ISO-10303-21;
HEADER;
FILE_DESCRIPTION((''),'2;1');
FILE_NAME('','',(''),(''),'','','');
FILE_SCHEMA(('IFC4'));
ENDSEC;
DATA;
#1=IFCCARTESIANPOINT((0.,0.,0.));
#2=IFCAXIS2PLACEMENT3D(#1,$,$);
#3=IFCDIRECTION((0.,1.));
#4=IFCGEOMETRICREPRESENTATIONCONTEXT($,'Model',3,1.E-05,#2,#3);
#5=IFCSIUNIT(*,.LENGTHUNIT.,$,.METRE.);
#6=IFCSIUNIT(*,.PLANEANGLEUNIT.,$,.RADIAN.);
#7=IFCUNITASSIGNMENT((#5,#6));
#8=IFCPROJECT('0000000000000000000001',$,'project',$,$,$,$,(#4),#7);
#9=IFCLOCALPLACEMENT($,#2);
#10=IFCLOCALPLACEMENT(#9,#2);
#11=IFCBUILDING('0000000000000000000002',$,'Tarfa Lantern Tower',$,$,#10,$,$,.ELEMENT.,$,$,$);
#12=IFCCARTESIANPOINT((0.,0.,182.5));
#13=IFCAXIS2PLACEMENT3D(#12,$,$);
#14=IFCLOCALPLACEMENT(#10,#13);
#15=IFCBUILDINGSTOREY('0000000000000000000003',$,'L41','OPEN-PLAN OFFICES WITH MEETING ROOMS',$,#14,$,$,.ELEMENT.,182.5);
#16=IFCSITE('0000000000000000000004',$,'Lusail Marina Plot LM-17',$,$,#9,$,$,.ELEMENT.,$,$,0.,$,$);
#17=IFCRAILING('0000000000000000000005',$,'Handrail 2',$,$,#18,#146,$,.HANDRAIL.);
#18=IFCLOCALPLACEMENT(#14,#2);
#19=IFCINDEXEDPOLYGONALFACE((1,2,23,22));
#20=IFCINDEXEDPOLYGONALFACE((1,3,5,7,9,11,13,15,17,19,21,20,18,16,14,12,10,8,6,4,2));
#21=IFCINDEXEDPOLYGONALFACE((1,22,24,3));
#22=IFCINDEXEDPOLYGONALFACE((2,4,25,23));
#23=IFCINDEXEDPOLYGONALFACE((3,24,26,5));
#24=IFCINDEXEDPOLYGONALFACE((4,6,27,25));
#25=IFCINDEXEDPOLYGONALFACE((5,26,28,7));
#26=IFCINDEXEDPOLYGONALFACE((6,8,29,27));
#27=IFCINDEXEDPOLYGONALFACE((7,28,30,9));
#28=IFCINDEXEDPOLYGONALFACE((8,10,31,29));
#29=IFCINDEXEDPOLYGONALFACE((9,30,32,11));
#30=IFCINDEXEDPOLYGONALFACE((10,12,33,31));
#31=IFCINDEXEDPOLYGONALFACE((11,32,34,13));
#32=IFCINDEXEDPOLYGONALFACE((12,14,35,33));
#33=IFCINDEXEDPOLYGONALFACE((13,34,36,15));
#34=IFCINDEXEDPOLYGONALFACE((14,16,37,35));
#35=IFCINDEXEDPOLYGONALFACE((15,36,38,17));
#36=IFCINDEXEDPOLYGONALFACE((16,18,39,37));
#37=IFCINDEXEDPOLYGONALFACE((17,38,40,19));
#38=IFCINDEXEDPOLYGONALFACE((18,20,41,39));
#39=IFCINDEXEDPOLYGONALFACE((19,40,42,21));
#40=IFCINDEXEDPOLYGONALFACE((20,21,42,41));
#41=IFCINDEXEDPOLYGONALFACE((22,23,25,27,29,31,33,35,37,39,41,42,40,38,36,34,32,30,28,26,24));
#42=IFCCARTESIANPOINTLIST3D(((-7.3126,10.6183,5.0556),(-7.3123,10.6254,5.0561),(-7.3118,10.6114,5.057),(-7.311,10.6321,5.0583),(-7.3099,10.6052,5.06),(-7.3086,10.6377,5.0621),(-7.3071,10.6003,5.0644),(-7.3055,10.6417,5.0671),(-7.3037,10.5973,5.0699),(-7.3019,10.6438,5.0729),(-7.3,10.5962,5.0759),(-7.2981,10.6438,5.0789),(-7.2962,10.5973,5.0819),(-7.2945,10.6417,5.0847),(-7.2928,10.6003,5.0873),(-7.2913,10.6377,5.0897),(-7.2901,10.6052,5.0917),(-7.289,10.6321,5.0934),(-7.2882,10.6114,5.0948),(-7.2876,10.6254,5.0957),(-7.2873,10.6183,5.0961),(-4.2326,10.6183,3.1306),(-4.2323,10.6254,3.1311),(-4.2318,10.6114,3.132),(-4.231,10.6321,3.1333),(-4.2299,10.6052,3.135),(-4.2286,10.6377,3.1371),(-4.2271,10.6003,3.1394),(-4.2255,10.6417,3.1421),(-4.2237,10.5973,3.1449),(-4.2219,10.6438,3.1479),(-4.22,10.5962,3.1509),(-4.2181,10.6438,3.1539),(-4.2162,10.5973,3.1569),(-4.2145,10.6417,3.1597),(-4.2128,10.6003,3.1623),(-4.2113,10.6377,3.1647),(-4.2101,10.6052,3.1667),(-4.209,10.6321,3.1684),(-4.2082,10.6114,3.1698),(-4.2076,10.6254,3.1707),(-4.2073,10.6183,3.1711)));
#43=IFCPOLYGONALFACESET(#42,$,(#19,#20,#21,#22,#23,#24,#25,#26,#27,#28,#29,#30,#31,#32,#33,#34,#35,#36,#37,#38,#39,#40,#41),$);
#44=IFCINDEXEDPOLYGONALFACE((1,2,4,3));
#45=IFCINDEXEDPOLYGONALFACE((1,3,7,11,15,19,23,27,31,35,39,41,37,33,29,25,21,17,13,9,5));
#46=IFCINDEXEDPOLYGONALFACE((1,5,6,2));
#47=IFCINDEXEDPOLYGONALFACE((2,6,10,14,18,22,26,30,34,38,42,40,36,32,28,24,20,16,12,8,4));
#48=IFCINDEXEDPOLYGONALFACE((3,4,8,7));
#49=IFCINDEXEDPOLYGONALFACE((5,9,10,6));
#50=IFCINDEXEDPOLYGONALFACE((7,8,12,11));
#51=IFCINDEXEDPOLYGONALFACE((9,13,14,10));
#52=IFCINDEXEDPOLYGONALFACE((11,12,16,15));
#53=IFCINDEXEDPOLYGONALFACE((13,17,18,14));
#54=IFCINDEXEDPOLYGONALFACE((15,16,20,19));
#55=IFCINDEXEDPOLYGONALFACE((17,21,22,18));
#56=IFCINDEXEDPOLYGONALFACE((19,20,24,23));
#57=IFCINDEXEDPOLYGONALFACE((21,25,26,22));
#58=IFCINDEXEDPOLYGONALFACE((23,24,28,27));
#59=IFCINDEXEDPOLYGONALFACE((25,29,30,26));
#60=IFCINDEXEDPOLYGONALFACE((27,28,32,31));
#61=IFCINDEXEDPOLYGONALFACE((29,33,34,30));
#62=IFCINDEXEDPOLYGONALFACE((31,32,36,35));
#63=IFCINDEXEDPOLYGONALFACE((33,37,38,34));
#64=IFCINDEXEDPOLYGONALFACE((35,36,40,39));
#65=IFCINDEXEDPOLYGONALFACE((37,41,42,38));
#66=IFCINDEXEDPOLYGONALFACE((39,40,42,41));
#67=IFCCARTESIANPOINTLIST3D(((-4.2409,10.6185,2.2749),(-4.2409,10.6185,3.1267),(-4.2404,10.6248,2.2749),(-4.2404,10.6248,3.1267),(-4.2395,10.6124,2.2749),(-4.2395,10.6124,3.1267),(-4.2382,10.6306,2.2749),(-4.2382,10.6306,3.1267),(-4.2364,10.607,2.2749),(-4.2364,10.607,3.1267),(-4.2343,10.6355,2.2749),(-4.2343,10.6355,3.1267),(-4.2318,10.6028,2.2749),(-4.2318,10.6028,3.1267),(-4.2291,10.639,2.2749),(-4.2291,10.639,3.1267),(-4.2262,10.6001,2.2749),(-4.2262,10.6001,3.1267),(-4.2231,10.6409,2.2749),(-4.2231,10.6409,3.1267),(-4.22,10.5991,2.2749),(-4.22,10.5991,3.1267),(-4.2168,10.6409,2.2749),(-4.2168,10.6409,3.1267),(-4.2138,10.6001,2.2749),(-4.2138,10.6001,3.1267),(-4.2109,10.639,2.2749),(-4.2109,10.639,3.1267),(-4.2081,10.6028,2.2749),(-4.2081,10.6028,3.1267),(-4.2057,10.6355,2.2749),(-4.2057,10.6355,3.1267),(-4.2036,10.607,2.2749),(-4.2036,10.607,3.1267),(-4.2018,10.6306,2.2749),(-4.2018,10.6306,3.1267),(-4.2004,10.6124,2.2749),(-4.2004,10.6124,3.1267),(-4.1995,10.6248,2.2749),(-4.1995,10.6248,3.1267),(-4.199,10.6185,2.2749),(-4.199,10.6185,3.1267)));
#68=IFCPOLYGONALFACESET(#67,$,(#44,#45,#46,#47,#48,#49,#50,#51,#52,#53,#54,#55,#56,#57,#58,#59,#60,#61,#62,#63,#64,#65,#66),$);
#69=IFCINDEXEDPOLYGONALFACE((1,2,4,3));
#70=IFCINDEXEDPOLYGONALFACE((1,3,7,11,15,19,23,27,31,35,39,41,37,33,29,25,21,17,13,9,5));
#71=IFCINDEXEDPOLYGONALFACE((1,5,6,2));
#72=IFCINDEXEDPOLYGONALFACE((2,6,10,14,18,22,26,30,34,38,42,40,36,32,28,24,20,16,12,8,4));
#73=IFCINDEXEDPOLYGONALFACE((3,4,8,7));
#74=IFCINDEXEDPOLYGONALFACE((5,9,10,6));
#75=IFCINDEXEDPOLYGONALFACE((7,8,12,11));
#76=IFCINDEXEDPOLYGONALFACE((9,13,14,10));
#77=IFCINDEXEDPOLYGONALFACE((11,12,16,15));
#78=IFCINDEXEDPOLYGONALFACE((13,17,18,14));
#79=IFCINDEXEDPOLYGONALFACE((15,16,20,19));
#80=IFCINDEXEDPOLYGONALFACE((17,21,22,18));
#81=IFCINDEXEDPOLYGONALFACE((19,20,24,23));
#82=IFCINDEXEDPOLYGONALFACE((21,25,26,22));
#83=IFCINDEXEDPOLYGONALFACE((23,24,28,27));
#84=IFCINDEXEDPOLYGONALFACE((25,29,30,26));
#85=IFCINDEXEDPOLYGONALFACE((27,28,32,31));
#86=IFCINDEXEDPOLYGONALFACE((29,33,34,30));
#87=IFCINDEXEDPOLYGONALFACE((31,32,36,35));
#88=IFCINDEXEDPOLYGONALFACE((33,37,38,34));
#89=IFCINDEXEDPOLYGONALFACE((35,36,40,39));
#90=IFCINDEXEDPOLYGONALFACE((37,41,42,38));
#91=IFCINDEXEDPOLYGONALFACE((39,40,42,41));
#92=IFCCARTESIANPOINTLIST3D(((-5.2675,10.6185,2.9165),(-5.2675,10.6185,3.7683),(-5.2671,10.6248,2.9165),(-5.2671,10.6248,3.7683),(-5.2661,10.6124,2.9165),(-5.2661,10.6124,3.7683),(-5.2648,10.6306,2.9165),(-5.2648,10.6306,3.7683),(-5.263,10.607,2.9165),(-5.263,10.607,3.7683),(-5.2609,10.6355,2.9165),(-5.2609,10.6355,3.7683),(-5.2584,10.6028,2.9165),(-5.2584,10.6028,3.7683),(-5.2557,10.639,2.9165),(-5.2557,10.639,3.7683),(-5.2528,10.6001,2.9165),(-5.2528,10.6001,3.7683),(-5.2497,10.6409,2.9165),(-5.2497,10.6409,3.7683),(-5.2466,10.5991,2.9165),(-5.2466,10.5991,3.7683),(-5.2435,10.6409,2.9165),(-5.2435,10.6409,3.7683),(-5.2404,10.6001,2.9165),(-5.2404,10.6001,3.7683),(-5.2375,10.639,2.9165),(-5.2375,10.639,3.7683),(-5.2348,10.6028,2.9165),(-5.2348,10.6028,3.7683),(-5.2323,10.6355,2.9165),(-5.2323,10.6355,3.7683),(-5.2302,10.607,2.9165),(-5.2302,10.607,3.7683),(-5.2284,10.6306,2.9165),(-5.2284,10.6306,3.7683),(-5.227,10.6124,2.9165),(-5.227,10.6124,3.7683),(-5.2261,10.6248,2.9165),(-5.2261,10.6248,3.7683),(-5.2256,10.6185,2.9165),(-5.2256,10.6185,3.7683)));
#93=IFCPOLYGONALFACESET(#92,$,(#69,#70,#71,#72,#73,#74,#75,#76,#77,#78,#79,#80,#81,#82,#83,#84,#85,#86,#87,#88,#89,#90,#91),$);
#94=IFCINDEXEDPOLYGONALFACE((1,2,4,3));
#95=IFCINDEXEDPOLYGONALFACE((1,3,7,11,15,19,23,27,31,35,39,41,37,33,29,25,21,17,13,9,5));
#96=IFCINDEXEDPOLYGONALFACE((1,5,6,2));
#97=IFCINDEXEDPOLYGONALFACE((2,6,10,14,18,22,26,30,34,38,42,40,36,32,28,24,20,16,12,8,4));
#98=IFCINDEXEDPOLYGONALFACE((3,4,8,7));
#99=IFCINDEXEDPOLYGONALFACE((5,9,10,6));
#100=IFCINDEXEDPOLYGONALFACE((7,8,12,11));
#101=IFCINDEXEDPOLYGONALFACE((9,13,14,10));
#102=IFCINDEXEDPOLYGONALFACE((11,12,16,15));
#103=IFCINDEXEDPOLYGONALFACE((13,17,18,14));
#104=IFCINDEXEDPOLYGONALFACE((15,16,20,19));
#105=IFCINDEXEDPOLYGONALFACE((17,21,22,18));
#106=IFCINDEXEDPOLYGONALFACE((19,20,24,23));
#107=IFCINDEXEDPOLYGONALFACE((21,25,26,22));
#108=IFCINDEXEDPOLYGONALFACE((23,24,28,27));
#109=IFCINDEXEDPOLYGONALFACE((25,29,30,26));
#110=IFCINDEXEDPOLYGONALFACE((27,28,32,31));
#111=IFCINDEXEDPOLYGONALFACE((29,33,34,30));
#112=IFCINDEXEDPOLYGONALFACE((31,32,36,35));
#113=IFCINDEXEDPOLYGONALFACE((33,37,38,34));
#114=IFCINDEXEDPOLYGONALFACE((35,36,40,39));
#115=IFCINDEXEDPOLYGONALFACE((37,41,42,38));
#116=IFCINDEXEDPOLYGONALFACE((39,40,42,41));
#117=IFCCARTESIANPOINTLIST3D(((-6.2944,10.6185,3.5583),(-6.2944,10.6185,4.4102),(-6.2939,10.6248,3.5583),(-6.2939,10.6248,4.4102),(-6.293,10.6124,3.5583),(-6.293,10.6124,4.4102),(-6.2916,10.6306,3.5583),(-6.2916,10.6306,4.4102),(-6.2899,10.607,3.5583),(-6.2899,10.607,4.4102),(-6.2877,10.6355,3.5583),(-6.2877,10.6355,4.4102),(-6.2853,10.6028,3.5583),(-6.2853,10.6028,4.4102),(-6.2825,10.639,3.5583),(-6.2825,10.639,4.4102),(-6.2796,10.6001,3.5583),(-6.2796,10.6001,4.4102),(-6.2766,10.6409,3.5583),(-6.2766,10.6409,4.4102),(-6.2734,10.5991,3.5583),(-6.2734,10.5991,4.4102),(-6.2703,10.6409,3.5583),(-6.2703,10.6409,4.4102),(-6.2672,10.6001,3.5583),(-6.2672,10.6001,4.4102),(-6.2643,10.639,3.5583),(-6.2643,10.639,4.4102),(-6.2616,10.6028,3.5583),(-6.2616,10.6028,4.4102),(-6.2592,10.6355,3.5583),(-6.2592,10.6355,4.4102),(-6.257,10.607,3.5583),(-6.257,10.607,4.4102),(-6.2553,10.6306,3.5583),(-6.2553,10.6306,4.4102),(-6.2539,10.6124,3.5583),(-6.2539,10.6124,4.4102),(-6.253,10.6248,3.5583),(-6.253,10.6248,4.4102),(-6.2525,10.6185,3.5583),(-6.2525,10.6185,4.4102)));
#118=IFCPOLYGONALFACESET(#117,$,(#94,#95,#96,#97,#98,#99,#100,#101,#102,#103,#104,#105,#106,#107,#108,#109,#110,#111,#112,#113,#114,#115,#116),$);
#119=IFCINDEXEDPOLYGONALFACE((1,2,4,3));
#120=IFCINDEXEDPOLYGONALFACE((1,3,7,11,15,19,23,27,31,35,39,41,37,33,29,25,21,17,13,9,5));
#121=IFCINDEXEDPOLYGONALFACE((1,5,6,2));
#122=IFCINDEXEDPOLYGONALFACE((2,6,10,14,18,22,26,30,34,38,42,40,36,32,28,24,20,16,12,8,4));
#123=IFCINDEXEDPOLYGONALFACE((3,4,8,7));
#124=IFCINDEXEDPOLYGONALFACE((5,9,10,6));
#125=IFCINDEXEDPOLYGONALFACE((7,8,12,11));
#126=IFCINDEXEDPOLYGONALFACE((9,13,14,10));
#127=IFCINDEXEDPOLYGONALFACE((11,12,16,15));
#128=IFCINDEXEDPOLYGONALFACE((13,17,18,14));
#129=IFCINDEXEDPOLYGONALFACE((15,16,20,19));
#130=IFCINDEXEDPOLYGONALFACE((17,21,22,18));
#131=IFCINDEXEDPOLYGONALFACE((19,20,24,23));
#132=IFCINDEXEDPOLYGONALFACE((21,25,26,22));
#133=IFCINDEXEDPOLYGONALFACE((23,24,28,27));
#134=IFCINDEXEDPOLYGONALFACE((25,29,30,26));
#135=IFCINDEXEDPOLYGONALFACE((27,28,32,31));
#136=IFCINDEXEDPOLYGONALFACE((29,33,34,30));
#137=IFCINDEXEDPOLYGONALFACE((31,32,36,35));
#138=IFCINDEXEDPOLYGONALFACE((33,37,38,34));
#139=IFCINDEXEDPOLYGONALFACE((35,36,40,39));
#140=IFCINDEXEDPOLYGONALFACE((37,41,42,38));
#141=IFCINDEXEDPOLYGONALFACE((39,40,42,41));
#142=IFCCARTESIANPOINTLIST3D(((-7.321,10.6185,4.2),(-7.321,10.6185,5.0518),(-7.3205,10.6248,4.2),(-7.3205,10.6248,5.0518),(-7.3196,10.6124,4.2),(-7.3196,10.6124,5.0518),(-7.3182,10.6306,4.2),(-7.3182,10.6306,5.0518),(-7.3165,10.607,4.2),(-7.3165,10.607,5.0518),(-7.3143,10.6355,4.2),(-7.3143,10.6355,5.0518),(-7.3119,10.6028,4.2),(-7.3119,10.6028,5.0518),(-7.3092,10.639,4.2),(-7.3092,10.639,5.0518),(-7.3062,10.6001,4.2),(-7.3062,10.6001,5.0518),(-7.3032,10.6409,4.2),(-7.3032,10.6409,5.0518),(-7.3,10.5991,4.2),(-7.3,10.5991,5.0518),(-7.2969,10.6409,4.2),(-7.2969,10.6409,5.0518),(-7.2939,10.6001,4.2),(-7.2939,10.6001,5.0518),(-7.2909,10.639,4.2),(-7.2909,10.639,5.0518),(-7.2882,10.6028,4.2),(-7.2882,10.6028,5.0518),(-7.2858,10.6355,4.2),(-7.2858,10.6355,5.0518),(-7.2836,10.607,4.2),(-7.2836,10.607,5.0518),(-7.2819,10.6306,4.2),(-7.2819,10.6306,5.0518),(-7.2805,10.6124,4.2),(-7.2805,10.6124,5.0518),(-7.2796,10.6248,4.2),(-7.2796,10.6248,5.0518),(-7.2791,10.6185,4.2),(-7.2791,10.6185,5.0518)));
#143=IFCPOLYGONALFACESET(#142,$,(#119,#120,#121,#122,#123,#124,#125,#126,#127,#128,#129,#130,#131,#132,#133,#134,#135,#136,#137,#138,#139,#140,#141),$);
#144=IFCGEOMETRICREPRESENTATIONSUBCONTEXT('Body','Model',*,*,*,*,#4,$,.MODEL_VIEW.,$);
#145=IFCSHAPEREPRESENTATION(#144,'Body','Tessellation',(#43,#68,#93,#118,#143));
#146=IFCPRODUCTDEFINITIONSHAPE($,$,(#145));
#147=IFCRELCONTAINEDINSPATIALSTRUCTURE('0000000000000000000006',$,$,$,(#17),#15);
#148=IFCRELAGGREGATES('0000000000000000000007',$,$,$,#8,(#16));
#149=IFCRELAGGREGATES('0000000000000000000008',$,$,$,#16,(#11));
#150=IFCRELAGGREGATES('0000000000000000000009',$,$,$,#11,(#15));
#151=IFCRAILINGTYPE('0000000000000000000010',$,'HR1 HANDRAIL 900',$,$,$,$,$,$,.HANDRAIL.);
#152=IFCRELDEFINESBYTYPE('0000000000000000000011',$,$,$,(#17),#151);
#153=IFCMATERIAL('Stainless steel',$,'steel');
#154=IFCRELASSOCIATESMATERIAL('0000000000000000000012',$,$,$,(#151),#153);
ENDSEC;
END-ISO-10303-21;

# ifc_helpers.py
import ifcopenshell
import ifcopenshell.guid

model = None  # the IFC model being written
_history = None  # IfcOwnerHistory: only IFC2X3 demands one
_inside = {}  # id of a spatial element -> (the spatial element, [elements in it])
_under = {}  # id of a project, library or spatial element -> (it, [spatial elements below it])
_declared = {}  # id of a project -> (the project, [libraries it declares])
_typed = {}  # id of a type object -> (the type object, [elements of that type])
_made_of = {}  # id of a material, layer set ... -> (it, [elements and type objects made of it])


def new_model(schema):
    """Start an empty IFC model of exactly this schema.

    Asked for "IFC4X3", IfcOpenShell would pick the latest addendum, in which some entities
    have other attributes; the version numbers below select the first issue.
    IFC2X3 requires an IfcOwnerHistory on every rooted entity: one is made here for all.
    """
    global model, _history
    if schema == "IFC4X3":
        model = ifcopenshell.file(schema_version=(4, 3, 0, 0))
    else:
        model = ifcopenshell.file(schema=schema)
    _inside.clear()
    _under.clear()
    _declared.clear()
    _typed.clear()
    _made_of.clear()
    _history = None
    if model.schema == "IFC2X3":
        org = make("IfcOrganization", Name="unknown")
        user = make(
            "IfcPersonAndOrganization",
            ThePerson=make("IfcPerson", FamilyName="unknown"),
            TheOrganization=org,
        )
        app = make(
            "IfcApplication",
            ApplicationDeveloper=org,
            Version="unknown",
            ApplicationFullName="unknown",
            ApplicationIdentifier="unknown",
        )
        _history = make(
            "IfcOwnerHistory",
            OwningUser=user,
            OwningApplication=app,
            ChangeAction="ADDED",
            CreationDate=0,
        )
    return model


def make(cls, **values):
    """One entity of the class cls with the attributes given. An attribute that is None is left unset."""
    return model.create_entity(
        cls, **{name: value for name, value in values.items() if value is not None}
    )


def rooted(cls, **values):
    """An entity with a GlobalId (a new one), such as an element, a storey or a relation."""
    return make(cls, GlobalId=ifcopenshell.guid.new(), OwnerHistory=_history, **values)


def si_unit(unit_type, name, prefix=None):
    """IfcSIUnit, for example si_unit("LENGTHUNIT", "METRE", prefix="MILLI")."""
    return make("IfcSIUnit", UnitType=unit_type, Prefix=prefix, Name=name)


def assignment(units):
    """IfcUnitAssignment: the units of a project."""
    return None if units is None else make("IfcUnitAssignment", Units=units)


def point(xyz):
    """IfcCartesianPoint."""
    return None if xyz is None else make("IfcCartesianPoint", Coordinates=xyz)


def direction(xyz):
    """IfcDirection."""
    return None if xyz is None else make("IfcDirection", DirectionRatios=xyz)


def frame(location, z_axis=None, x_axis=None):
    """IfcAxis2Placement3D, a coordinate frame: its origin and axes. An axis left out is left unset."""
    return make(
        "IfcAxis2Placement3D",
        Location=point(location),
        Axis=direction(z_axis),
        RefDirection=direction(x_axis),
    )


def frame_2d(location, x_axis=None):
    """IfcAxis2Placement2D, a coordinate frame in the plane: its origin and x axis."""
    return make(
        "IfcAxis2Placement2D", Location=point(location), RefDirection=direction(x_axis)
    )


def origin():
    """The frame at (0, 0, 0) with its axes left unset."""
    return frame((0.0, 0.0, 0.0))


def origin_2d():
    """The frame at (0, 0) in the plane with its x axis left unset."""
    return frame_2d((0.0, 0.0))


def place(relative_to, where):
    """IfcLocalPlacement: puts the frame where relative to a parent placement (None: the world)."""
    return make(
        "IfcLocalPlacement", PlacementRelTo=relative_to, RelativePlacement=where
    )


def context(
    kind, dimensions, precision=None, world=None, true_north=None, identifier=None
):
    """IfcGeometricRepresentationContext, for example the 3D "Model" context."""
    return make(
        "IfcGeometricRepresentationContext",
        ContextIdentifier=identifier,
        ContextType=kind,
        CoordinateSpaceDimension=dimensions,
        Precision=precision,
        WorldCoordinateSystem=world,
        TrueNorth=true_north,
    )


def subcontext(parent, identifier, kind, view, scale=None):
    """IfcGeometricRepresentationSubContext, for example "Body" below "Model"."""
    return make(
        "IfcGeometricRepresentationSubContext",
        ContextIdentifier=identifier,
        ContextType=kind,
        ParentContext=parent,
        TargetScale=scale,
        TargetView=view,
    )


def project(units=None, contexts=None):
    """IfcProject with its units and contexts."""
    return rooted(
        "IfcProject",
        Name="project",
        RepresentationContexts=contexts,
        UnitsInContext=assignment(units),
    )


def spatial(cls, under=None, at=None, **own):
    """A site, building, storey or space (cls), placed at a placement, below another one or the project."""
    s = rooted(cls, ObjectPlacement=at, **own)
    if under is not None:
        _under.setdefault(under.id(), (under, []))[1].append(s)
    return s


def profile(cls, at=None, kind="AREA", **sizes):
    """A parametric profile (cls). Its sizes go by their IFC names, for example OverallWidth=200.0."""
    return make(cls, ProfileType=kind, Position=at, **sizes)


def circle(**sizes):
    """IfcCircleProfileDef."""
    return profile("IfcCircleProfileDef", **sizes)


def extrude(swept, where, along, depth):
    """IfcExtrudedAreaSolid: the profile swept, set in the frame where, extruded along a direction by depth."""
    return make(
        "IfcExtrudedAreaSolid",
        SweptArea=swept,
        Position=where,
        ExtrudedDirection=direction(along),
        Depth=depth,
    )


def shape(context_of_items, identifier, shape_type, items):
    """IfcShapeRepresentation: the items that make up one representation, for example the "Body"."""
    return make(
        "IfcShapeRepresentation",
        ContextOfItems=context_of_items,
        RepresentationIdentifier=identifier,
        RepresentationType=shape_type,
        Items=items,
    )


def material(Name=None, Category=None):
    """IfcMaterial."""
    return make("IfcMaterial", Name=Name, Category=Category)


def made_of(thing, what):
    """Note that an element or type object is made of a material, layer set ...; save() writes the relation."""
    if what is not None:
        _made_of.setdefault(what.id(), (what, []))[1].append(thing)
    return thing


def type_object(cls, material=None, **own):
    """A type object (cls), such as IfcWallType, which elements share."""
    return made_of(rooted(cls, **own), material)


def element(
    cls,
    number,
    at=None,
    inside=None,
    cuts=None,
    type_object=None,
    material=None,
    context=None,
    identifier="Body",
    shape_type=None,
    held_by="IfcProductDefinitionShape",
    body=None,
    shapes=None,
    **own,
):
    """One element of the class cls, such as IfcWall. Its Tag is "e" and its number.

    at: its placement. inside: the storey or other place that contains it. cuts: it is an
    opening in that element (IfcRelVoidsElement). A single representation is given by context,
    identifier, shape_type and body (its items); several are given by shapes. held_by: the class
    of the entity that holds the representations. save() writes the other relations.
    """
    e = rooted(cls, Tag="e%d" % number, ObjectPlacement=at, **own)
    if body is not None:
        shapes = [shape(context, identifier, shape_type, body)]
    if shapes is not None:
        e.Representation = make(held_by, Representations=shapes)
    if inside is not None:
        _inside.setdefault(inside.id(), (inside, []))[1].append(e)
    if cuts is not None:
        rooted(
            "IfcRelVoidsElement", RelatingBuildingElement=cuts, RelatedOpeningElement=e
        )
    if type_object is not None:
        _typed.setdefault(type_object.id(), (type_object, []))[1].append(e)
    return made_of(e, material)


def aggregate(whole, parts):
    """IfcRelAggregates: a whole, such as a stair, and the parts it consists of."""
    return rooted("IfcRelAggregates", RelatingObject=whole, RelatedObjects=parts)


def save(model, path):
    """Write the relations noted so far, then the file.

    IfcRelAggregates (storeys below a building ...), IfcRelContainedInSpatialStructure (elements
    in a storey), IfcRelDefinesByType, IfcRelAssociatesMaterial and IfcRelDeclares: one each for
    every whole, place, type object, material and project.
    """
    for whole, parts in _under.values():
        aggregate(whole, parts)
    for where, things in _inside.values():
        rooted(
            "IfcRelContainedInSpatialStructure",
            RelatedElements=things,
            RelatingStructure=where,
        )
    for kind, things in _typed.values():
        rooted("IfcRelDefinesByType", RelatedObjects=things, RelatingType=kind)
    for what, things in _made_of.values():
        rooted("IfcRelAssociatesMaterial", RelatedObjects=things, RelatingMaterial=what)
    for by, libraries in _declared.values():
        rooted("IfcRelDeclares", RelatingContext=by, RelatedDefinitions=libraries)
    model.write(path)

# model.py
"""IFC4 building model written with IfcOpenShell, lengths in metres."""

from ifc_helpers import new_model, si_unit, direction, frame, origin, origin_2d, place, context, subcontext, project, spatial, circle, extrude, material, type_object, element, save


model = new_model("IFC4")

# Units and contexts
model_context = context("Model", 3, precision=1e-05, world=origin(), true_north=direction((0.0, 1.0)))
body_context = subcontext(model_context, "Body", "Model", "MODEL_VIEW")
ifc_project = project(units=[si_unit("LENGTHUNIT", "METRE"), si_unit("PLANEANGLEUNIT", "RADIAN")], contexts=[model_context])

# Site, building, storey
site_placement = place(None, origin())
site = spatial("IfcSite", under=ifc_project, at=site_placement, Name="Lusail Marina Plot LM-17", CompositionType="ELEMENT", RefElevation=0.0)
building_placement = place(site_placement, origin())
building = spatial("IfcBuilding", under=site, at=building_placement, Name="Tarfa Lantern Tower", CompositionType="ELEMENT")
storey_placement = place(building_placement, frame((0.0, 0.0, 182.5)))
storey = spatial("IfcBuildingStorey", under=building, at=storey_placement, Name="L41", Description="OPEN-PLAN OFFICES WITH MEETING ROOMS", CompositionType="ELEMENT", Elevation=182.5)

# Railing
ifc_material_1 = material(Name="Stainless steel", Category="steel")
railing_type = type_object("IfcRailingType", Name="HR1 HANDRAIL 900", PredefinedType="HANDRAIL", material=ifc_material_1)
railing_1_placement = place(storey_placement, frame((-4.22, 10.6201, 2.2749)))
element("IfcRailing", 1, at=railing_1_placement, inside=storey, type_object=railing_type, Name="Handrail 2", PredefinedType="HANDRAIL", context=body_context, shape_type="SweptSolid", body=[
    extrude(circle(Radius=0.0239, at=origin_2d()), frame((0.0, 0.0, 0.876), z_axis=(-0.847998, 0.0, 0.529999), x_axis=(0.0, -1.0, 0.0)), (0.0, 0.0, 1.0), 3.6321),
    extrude(circle(Radius=0.021, at=origin_2d()), frame((0.0, 0.0, 0.0), z_axis=(0.0, 0.0, 1.0), x_axis=(0.0, -1.0, 0.0)), (0.0, 0.0, 1.0), 0.8518),
    extrude(circle(Radius=0.021, at=origin_2d()), frame((-1.0266, 0.0, 0.6416), z_axis=(0.0, 0.0, 1.0), x_axis=(0.0, -1.0, 0.0)), (0.0, 0.0, 1.0), 0.8518),
    extrude(circle(Radius=0.021, at=origin_2d()), frame((-2.0535, 0.0, 1.2834), z_axis=(0.0, 0.0, 1.0), x_axis=(0.0, -1.0, 0.0)), (0.0, 0.0, 1.0), 0.8518),
    extrude(circle(Radius=0.021, at=origin_2d()), frame((-3.0801, 0.0, 1.925), z_axis=(0.0, 0.0, 1.0), x_axis=(0.0, -1.0, 0.0)), (0.0, 0.0, 1.0), 0.8518),
])

save(model, "model.ifc")
